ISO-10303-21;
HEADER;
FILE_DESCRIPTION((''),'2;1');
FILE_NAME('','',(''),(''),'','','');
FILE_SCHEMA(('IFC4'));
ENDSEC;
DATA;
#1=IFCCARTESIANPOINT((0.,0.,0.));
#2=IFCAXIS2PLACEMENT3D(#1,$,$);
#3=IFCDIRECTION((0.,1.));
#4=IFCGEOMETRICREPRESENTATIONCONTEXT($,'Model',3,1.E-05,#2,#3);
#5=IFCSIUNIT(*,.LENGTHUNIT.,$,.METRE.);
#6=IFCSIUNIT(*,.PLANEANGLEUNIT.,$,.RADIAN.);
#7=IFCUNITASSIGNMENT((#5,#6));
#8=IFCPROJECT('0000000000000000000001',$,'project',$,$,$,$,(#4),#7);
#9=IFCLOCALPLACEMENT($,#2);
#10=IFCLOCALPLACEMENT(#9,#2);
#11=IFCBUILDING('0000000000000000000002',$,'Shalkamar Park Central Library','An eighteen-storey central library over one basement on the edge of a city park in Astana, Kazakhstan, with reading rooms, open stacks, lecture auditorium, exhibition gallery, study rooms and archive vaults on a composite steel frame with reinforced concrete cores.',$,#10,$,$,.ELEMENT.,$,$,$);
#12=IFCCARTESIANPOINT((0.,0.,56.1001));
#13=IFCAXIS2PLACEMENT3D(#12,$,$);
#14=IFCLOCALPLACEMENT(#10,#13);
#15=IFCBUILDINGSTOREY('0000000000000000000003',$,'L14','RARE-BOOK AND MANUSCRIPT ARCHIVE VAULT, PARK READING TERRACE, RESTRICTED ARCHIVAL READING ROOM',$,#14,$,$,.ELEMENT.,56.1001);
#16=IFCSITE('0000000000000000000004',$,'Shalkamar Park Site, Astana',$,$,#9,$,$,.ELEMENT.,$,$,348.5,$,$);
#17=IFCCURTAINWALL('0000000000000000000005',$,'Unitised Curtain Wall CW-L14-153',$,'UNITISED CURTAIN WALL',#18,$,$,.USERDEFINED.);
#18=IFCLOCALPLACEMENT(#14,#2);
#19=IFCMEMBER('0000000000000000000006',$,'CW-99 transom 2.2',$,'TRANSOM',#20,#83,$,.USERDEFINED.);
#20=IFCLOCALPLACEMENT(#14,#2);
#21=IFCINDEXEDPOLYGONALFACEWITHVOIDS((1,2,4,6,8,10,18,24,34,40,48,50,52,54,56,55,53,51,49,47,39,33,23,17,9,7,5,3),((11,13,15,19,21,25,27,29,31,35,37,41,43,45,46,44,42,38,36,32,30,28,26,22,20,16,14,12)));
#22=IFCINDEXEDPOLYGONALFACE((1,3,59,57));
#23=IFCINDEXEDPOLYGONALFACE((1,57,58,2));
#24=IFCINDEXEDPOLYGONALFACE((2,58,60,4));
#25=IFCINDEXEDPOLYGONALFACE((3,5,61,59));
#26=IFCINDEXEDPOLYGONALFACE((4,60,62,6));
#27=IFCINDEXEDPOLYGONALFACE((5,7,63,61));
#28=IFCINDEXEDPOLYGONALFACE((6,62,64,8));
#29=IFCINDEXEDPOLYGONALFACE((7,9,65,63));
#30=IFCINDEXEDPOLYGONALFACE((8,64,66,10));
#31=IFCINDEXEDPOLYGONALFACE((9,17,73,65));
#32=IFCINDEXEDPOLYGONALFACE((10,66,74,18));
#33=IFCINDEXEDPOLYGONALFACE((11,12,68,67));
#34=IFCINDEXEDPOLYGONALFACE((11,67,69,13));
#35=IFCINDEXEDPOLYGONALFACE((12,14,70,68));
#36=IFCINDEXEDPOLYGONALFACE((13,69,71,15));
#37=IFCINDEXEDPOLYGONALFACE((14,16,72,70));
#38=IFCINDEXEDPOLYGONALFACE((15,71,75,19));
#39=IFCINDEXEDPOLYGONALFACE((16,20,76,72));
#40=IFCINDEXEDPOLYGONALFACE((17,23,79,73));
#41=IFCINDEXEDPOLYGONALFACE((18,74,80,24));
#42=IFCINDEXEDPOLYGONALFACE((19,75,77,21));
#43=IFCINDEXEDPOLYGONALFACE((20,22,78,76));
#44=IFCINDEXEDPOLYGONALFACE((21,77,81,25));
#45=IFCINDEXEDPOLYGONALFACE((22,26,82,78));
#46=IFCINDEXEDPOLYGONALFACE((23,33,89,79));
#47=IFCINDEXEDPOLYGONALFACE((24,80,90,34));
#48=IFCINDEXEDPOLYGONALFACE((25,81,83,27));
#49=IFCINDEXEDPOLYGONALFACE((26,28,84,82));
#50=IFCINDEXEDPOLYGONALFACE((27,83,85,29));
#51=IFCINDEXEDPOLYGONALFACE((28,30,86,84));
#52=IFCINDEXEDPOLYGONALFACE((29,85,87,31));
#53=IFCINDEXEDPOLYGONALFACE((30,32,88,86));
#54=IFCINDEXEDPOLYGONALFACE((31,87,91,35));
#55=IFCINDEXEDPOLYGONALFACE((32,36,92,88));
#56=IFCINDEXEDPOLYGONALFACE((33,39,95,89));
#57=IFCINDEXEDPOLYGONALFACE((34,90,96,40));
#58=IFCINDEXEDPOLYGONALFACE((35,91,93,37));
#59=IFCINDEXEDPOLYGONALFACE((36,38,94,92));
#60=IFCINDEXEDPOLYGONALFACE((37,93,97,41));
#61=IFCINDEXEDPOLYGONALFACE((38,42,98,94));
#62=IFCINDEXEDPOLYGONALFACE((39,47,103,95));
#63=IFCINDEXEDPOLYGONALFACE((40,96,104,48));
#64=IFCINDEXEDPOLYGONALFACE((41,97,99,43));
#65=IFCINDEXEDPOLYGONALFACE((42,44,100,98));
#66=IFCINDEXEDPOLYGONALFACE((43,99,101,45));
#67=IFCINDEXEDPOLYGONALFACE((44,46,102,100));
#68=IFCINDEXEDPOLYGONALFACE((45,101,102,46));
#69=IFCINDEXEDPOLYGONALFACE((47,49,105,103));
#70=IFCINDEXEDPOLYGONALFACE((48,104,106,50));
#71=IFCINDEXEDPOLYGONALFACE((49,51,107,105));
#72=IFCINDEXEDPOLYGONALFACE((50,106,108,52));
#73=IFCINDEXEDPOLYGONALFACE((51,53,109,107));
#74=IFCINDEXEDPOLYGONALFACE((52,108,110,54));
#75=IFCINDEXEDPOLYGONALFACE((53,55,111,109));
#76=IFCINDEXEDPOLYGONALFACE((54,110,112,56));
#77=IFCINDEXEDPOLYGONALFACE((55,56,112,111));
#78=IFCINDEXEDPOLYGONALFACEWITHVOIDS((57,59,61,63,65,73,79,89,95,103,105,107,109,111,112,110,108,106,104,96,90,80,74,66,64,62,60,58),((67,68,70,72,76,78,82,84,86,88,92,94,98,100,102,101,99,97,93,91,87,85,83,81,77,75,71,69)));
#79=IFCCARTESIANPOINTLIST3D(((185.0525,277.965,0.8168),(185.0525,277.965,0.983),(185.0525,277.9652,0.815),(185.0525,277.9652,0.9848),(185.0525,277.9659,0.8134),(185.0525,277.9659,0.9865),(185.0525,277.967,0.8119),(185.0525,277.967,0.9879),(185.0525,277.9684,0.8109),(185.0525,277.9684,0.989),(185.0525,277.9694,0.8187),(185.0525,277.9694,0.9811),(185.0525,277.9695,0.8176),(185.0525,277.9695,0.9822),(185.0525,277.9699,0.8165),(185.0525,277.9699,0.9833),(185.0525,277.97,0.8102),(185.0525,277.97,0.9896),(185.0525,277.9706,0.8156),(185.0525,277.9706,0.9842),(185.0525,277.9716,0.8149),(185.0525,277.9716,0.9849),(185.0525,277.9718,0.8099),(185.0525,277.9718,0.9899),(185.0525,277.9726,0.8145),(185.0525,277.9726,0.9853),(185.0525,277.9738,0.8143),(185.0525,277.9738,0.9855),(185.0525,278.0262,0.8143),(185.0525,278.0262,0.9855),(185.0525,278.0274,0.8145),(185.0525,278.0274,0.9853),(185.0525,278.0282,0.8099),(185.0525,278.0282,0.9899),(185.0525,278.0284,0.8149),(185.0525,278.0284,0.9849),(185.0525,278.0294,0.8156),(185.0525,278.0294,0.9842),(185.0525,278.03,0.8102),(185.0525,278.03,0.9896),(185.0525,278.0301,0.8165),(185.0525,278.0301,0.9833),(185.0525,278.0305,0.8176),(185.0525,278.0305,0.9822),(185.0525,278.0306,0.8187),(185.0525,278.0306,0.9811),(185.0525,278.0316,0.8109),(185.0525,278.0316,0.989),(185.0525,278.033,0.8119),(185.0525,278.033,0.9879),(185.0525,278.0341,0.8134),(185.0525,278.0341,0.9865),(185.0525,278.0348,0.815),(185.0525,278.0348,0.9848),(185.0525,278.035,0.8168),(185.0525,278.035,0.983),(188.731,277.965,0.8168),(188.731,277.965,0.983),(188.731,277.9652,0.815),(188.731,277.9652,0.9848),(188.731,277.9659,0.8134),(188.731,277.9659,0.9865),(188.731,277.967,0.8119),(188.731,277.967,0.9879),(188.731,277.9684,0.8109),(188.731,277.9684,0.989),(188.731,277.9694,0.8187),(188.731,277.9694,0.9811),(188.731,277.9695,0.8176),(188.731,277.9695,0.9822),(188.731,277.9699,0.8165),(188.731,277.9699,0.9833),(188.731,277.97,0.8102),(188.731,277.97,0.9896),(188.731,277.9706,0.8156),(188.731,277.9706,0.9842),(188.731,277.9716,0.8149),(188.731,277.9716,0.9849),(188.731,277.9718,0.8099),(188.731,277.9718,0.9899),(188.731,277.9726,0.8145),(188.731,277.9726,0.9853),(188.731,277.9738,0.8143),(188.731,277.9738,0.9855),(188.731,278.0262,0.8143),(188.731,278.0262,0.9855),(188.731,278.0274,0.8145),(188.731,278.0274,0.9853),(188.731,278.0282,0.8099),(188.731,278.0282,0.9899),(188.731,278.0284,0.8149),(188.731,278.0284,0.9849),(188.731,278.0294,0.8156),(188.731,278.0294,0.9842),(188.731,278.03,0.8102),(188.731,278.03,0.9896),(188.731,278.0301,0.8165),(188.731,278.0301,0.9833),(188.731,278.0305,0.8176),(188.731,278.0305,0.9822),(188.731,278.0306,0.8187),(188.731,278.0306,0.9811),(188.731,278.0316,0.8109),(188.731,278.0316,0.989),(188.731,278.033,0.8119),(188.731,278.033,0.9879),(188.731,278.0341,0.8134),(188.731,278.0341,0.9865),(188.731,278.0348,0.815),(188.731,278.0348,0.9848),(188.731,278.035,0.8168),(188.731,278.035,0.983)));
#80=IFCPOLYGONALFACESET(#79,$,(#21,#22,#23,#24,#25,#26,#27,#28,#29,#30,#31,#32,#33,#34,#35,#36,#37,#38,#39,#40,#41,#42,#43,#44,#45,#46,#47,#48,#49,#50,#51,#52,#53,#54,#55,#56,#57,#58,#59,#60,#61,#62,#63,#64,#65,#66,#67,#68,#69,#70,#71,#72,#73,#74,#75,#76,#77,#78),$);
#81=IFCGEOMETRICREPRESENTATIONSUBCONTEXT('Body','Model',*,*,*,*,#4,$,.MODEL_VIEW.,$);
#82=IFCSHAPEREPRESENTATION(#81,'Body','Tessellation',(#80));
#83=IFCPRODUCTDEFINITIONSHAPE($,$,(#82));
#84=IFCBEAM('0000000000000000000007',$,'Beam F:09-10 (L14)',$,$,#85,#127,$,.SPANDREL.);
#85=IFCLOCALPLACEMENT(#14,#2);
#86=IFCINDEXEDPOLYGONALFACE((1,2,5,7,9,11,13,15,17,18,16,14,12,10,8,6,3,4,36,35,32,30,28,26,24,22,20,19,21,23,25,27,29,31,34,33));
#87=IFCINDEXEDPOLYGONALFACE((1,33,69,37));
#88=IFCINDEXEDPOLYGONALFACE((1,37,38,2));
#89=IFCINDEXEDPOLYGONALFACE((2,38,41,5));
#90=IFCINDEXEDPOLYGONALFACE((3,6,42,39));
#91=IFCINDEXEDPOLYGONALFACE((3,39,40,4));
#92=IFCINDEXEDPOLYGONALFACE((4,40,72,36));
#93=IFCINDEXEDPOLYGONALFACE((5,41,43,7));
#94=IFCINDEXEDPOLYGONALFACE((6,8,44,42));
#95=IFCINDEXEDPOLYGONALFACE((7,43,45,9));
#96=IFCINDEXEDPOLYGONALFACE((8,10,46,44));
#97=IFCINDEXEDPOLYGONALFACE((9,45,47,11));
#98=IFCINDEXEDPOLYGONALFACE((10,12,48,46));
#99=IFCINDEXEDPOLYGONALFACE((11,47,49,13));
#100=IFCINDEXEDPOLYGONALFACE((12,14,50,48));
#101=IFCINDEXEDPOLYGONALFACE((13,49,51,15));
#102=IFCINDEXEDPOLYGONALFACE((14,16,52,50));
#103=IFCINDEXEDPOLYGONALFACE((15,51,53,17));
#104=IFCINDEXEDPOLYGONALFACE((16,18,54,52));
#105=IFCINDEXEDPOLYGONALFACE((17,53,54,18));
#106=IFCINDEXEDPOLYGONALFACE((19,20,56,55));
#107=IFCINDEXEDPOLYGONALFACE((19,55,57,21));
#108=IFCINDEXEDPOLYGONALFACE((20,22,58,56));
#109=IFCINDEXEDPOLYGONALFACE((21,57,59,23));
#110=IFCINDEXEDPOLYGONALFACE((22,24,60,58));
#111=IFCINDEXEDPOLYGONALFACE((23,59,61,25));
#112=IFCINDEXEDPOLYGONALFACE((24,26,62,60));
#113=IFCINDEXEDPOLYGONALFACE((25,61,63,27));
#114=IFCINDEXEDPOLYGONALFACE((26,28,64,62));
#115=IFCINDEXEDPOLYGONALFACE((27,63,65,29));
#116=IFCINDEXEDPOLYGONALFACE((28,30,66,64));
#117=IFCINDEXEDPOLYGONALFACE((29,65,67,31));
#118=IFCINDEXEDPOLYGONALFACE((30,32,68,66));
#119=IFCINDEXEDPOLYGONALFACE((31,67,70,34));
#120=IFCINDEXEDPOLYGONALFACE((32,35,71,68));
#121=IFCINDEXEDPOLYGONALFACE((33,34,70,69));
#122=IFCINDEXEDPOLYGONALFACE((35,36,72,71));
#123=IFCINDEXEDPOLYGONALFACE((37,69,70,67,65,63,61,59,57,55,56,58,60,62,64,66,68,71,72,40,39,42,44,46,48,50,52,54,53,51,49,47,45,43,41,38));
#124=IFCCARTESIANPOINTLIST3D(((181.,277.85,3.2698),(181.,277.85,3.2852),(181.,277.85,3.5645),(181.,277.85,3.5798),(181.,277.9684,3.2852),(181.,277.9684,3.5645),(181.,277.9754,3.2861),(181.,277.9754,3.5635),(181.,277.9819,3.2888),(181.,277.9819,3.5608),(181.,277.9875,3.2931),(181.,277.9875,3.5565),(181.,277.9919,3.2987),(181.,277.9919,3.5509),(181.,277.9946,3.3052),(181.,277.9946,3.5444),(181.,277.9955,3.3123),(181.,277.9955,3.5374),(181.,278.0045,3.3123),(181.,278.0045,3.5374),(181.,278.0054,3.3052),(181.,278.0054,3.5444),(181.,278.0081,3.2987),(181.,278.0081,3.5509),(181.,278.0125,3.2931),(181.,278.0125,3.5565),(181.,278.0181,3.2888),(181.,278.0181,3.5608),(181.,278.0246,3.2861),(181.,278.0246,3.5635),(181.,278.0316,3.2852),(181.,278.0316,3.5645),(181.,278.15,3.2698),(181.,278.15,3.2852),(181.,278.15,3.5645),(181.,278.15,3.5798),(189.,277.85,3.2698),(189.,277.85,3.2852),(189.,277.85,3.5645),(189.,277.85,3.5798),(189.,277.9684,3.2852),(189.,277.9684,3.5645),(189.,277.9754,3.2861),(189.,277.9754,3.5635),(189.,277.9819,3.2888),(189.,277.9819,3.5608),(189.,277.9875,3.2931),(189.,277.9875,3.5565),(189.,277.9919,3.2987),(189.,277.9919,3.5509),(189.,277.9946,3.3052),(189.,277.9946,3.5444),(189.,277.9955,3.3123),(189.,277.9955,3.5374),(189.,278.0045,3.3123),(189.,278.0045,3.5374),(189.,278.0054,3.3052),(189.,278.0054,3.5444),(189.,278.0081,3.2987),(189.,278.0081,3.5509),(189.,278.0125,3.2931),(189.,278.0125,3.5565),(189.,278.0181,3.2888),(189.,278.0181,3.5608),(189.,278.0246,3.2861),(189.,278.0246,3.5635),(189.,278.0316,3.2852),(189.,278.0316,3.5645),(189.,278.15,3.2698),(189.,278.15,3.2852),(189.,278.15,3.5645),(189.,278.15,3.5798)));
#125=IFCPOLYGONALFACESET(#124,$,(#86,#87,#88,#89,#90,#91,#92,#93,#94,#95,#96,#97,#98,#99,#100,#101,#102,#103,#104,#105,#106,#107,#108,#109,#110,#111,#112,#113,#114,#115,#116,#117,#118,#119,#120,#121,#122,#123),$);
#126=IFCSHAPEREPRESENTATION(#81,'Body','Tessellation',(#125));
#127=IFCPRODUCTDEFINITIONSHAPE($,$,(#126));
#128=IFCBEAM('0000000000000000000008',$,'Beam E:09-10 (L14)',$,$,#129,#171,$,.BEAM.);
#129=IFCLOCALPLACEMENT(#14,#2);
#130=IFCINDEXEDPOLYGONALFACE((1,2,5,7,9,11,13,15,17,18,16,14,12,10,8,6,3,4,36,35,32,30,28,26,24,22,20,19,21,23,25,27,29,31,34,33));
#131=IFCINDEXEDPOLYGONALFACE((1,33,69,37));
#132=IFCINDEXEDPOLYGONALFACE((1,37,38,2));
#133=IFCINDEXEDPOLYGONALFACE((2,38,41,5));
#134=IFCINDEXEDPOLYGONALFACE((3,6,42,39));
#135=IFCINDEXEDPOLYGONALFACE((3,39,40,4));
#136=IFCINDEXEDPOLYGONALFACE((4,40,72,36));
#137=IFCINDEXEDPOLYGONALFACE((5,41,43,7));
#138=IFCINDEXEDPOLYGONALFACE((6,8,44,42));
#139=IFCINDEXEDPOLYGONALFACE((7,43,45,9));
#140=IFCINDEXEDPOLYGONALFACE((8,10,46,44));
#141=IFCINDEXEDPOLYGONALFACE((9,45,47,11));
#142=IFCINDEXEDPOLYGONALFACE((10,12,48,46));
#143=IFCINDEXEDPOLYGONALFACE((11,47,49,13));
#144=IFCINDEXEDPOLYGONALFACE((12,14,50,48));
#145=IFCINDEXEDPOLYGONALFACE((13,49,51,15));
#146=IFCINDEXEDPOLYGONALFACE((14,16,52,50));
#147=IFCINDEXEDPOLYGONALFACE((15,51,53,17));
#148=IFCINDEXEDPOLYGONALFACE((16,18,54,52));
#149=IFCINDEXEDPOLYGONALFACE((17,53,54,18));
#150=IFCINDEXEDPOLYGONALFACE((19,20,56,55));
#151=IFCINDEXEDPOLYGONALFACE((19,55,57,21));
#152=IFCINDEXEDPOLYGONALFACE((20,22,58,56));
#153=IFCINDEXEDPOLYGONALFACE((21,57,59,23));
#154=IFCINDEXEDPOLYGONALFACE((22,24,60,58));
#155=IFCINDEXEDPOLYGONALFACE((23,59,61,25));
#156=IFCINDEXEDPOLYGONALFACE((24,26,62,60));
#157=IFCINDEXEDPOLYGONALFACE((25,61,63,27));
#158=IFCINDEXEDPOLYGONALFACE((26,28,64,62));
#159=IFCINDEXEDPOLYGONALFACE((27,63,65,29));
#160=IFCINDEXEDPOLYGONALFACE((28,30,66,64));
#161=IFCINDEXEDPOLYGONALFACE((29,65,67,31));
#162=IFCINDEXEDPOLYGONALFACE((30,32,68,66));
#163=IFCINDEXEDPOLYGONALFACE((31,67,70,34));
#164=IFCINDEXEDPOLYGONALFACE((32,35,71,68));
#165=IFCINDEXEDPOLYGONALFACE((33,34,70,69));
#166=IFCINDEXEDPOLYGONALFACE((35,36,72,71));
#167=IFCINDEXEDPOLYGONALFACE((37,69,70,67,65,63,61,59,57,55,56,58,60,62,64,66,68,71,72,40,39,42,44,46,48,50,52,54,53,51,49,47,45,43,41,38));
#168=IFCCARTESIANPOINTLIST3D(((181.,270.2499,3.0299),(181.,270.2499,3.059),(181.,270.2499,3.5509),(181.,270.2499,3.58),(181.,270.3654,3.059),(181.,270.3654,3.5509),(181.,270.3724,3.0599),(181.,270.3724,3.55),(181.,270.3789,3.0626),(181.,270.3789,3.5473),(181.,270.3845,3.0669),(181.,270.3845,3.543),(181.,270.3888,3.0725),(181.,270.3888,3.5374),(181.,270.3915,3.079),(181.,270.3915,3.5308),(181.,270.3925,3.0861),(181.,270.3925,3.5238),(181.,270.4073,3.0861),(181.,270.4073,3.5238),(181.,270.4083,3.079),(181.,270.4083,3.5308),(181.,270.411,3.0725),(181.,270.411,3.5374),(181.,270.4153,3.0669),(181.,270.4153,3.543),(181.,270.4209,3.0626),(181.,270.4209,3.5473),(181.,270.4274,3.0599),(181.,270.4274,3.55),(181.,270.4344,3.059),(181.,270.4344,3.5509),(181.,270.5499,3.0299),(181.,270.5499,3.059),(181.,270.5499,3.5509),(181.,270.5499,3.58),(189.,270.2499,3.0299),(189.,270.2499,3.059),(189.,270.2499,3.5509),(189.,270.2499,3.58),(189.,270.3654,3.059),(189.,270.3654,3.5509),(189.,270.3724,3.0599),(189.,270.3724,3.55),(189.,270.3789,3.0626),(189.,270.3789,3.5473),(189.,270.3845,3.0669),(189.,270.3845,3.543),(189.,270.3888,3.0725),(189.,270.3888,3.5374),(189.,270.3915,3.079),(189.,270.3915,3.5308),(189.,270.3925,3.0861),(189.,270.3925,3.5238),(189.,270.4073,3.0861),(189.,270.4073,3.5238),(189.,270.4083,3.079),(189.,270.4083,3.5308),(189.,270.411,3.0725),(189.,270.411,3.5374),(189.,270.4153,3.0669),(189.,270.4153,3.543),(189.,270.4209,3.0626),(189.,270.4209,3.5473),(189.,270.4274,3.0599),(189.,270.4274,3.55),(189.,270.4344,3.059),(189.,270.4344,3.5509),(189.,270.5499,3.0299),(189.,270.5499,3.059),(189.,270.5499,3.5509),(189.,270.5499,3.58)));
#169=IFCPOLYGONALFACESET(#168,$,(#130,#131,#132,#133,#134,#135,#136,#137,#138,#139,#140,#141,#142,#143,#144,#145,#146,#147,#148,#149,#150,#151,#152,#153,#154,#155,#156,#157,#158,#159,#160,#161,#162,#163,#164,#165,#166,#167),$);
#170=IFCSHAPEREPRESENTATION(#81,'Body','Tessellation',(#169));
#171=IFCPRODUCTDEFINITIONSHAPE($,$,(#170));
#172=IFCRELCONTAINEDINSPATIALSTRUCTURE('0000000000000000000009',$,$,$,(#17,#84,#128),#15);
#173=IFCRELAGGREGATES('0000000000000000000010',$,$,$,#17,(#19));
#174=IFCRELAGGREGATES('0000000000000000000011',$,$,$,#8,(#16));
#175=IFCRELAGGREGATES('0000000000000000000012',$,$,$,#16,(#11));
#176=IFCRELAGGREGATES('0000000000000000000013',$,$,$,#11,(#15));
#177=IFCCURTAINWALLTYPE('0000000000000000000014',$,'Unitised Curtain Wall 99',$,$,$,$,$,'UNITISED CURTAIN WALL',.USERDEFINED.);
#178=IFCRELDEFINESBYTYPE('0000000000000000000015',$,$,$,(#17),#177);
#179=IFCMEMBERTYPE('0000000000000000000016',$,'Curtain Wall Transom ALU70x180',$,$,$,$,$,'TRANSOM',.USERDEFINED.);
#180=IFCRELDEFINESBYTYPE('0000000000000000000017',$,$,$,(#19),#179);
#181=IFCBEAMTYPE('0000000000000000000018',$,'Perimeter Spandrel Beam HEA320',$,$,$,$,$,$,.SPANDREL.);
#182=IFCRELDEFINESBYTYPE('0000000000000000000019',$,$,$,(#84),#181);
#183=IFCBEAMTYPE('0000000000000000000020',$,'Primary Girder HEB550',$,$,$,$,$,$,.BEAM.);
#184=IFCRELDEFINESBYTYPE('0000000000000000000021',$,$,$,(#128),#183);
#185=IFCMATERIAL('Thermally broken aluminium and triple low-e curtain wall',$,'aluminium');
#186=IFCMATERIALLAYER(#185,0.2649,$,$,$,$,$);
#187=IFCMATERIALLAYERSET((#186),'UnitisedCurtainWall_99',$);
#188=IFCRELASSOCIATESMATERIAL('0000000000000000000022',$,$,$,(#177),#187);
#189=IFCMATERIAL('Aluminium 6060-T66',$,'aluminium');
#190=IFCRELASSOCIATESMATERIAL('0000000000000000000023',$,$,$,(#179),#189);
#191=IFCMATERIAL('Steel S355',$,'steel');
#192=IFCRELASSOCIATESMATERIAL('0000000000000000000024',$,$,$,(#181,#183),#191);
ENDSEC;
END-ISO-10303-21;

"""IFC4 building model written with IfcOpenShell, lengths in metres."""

from ifc_helpers import new_model, si_unit, direction, frame, origin, origin_2d, place, context, subcontext, project, spatial, hollow_rectangle, i_section, extrude, material, layer, layer_set, material_profile, profile_set, type_object, element, aggregate, save


model = new_model("IFC4")

# Units and contexts
model_context = context("Model", 3, precision=1e-05, world=origin(), true_north=direction((0.0, 1.0)))
body_context = subcontext(model_context, "Body", "Model", "MODEL_VIEW")
ifc_project = project(units=[si_unit("LENGTHUNIT", "METRE"), si_unit("PLANEANGLEUNIT", "RADIAN")], contexts=[model_context])

# Site, building, storey
site_placement = place(None, origin())
site = spatial("IfcSite", under=ifc_project, at=site_placement, Name="Shalkamar Park Site, Astana", CompositionType="ELEMENT", RefElevation=348.5)
building_placement = place(site_placement, origin())
building = spatial("IfcBuilding", under=site, at=building_placement, Name="Shalkamar Park Central Library", Description="An eighteen-storey central library over one basement on the edge of a city park in Astana, Kazakhstan, with reading rooms, open stacks, lecture auditorium, exhibition gallery, study rooms and archive vaults on a composite steel frame with reinforced concrete cores.", CompositionType="ELEMENT")
storey_placement = place(building_placement, frame((0.0, 0.0, 56.1001)))
storey = spatial("IfcBuildingStorey", under=building, at=storey_placement, Name="L14", Description="RARE-BOOK AND MANUSCRIPT ARCHIVE VAULT, PARK READING TERRACE, RESTRICTED ARCHIVAL READING ROOM", CompositionType="ELEMENT", Elevation=56.1001)

# Shared definitions
ifc_material_1 = material(Name="Steel S355", Category="steel")

# Curtain wall
ifc_material_2 = material(Name="Thermally broken aluminium and triple low-e curtain wall", Category="aluminium")
ifc_material_3 = material(Name="Aluminium 6060-T66", Category="aluminium")
ifc_layer_1 = layer(ifc_material_2, 0.2649)
ifc_layer_set_1 = layer_set([ifc_layer_1], Name="UnitisedCurtainWall_99")
curtain_wall_type_1 = type_object("IfcCurtainWallType", Name="Unitised Curtain Wall 99", ElementType="UNITISED CURTAIN WALL", PredefinedType="USERDEFINED", material=ifc_layer_set_1)
curtain_wall_1_placement = place(storey_placement, origin())
curtain_wall_1 = element("IfcCurtainWall", 1, at=curtain_wall_1_placement, inside=storey, type_object=curtain_wall_type_1, Name="Unitised Curtain Wall CW-L14-153", ObjectType="UNITISED CURTAIN WALL", PredefinedType="USERDEFINED")

# Member
ifc_material_profile_1 = material_profile(ifc_material_3, hollow_rectangle(XDim=0.0701, YDim=0.1799, WallThickness=0.0044, InnerFilletRadius=0.0044, OuterFilletRadius=0.0068, at=origin_2d()), Name="ALU 70x180x4.5")
ifc_profile_set_1 = profile_set([ifc_material_profile_1], Name="Aluminium 6060-T66")
member_type_1 = type_object("IfcMemberType", Name="Curtain Wall Transom ALU70x180", ElementType="TRANSOM", PredefinedType="USERDEFINED", material=ifc_profile_set_1)
member_1_placement = place(storey_placement, frame((185.0525, 278.0, 0.8999), z_axis=(1.0, 0.0, 0.0), x_axis=(0.0, 1.0, 0.0)))
member_1 = element("IfcMember", 2, at=member_1_placement, type_object=member_type_1, Name="CW-99 transom 2.2", ObjectType="TRANSOM", PredefinedType="USERDEFINED", context=body_context, shape_type="SweptSolid", body=[
    extrude(hollow_rectangle(XDim=0.0701, YDim=0.1799, WallThickness=0.0044, InnerFilletRadius=0.0044, OuterFilletRadius=0.0068, at=origin_2d()), origin(), (0.0, 0.0, 1.0), 3.6785),
])

# Beams
ifc_material_profile_2 = material_profile(ifc_material_1, i_section(OverallWidth=0.3, OverallDepth=0.3101, WebThickness=0.009, FlangeThickness=0.0154, FilletRadius=0.0271, at=origin_2d()), Name="HEA 320")
ifc_profile_set_2 = profile_set([ifc_material_profile_2], Name="Steel S355")
beam_type_1 = type_object("IfcBeamType", Name="Perimeter Spandrel Beam HEA320", PredefinedType="SPANDREL", material=ifc_profile_set_2)
beam_1_placement = place(storey_placement, frame((181.0, 278.0, 3.4248), z_axis=(1.0, 0.0, 0.0), x_axis=(0.0, 1.0, 0.0)))
element("IfcBeam", 3, at=beam_1_placement, inside=storey, type_object=beam_type_1, Name="Beam F:09-10 (L14)", PredefinedType="SPANDREL", context=body_context, shape_type="SweptSolid", body=[
    extrude(i_section(OverallWidth=0.3, OverallDepth=0.3101, WebThickness=0.009, FlangeThickness=0.0154, FilletRadius=0.0271, at=origin_2d()), origin(), (0.0, 0.0, 1.0), 8.0),
])
ifc_material_profile_3 = material_profile(ifc_material_1, i_section(OverallWidth=0.3, OverallDepth=0.55, WebThickness=0.0149, FlangeThickness=0.0291, FilletRadius=0.0271, at=origin_2d()), Name="HEB 550")
ifc_profile_set_3 = profile_set([ifc_material_profile_3], Name="Steel S355")
beam_type_2 = type_object("IfcBeamType", Name="Primary Girder HEB550", PredefinedType="BEAM", material=ifc_profile_set_3)
beam_2_placement = place(storey_placement, frame((181.0, 270.3999, 3.3049), z_axis=(1.0, 0.0, 0.0), x_axis=(0.0, 1.0, 0.0)))
element("IfcBeam", 4, at=beam_2_placement, inside=storey, type_object=beam_type_2, Name="Beam E:09-10 (L14)", PredefinedType="BEAM", context=body_context, shape_type="SweptSolid", body=[
    extrude(i_section(OverallWidth=0.3, OverallDepth=0.55, WebThickness=0.0149, FlangeThickness=0.0291, FilletRadius=0.0271, at=origin_2d()), origin(), (0.0, 0.0, 1.0), 8.0),
])

aggregate(curtain_wall_1, [member_1])

save(model, "model.ifc")
